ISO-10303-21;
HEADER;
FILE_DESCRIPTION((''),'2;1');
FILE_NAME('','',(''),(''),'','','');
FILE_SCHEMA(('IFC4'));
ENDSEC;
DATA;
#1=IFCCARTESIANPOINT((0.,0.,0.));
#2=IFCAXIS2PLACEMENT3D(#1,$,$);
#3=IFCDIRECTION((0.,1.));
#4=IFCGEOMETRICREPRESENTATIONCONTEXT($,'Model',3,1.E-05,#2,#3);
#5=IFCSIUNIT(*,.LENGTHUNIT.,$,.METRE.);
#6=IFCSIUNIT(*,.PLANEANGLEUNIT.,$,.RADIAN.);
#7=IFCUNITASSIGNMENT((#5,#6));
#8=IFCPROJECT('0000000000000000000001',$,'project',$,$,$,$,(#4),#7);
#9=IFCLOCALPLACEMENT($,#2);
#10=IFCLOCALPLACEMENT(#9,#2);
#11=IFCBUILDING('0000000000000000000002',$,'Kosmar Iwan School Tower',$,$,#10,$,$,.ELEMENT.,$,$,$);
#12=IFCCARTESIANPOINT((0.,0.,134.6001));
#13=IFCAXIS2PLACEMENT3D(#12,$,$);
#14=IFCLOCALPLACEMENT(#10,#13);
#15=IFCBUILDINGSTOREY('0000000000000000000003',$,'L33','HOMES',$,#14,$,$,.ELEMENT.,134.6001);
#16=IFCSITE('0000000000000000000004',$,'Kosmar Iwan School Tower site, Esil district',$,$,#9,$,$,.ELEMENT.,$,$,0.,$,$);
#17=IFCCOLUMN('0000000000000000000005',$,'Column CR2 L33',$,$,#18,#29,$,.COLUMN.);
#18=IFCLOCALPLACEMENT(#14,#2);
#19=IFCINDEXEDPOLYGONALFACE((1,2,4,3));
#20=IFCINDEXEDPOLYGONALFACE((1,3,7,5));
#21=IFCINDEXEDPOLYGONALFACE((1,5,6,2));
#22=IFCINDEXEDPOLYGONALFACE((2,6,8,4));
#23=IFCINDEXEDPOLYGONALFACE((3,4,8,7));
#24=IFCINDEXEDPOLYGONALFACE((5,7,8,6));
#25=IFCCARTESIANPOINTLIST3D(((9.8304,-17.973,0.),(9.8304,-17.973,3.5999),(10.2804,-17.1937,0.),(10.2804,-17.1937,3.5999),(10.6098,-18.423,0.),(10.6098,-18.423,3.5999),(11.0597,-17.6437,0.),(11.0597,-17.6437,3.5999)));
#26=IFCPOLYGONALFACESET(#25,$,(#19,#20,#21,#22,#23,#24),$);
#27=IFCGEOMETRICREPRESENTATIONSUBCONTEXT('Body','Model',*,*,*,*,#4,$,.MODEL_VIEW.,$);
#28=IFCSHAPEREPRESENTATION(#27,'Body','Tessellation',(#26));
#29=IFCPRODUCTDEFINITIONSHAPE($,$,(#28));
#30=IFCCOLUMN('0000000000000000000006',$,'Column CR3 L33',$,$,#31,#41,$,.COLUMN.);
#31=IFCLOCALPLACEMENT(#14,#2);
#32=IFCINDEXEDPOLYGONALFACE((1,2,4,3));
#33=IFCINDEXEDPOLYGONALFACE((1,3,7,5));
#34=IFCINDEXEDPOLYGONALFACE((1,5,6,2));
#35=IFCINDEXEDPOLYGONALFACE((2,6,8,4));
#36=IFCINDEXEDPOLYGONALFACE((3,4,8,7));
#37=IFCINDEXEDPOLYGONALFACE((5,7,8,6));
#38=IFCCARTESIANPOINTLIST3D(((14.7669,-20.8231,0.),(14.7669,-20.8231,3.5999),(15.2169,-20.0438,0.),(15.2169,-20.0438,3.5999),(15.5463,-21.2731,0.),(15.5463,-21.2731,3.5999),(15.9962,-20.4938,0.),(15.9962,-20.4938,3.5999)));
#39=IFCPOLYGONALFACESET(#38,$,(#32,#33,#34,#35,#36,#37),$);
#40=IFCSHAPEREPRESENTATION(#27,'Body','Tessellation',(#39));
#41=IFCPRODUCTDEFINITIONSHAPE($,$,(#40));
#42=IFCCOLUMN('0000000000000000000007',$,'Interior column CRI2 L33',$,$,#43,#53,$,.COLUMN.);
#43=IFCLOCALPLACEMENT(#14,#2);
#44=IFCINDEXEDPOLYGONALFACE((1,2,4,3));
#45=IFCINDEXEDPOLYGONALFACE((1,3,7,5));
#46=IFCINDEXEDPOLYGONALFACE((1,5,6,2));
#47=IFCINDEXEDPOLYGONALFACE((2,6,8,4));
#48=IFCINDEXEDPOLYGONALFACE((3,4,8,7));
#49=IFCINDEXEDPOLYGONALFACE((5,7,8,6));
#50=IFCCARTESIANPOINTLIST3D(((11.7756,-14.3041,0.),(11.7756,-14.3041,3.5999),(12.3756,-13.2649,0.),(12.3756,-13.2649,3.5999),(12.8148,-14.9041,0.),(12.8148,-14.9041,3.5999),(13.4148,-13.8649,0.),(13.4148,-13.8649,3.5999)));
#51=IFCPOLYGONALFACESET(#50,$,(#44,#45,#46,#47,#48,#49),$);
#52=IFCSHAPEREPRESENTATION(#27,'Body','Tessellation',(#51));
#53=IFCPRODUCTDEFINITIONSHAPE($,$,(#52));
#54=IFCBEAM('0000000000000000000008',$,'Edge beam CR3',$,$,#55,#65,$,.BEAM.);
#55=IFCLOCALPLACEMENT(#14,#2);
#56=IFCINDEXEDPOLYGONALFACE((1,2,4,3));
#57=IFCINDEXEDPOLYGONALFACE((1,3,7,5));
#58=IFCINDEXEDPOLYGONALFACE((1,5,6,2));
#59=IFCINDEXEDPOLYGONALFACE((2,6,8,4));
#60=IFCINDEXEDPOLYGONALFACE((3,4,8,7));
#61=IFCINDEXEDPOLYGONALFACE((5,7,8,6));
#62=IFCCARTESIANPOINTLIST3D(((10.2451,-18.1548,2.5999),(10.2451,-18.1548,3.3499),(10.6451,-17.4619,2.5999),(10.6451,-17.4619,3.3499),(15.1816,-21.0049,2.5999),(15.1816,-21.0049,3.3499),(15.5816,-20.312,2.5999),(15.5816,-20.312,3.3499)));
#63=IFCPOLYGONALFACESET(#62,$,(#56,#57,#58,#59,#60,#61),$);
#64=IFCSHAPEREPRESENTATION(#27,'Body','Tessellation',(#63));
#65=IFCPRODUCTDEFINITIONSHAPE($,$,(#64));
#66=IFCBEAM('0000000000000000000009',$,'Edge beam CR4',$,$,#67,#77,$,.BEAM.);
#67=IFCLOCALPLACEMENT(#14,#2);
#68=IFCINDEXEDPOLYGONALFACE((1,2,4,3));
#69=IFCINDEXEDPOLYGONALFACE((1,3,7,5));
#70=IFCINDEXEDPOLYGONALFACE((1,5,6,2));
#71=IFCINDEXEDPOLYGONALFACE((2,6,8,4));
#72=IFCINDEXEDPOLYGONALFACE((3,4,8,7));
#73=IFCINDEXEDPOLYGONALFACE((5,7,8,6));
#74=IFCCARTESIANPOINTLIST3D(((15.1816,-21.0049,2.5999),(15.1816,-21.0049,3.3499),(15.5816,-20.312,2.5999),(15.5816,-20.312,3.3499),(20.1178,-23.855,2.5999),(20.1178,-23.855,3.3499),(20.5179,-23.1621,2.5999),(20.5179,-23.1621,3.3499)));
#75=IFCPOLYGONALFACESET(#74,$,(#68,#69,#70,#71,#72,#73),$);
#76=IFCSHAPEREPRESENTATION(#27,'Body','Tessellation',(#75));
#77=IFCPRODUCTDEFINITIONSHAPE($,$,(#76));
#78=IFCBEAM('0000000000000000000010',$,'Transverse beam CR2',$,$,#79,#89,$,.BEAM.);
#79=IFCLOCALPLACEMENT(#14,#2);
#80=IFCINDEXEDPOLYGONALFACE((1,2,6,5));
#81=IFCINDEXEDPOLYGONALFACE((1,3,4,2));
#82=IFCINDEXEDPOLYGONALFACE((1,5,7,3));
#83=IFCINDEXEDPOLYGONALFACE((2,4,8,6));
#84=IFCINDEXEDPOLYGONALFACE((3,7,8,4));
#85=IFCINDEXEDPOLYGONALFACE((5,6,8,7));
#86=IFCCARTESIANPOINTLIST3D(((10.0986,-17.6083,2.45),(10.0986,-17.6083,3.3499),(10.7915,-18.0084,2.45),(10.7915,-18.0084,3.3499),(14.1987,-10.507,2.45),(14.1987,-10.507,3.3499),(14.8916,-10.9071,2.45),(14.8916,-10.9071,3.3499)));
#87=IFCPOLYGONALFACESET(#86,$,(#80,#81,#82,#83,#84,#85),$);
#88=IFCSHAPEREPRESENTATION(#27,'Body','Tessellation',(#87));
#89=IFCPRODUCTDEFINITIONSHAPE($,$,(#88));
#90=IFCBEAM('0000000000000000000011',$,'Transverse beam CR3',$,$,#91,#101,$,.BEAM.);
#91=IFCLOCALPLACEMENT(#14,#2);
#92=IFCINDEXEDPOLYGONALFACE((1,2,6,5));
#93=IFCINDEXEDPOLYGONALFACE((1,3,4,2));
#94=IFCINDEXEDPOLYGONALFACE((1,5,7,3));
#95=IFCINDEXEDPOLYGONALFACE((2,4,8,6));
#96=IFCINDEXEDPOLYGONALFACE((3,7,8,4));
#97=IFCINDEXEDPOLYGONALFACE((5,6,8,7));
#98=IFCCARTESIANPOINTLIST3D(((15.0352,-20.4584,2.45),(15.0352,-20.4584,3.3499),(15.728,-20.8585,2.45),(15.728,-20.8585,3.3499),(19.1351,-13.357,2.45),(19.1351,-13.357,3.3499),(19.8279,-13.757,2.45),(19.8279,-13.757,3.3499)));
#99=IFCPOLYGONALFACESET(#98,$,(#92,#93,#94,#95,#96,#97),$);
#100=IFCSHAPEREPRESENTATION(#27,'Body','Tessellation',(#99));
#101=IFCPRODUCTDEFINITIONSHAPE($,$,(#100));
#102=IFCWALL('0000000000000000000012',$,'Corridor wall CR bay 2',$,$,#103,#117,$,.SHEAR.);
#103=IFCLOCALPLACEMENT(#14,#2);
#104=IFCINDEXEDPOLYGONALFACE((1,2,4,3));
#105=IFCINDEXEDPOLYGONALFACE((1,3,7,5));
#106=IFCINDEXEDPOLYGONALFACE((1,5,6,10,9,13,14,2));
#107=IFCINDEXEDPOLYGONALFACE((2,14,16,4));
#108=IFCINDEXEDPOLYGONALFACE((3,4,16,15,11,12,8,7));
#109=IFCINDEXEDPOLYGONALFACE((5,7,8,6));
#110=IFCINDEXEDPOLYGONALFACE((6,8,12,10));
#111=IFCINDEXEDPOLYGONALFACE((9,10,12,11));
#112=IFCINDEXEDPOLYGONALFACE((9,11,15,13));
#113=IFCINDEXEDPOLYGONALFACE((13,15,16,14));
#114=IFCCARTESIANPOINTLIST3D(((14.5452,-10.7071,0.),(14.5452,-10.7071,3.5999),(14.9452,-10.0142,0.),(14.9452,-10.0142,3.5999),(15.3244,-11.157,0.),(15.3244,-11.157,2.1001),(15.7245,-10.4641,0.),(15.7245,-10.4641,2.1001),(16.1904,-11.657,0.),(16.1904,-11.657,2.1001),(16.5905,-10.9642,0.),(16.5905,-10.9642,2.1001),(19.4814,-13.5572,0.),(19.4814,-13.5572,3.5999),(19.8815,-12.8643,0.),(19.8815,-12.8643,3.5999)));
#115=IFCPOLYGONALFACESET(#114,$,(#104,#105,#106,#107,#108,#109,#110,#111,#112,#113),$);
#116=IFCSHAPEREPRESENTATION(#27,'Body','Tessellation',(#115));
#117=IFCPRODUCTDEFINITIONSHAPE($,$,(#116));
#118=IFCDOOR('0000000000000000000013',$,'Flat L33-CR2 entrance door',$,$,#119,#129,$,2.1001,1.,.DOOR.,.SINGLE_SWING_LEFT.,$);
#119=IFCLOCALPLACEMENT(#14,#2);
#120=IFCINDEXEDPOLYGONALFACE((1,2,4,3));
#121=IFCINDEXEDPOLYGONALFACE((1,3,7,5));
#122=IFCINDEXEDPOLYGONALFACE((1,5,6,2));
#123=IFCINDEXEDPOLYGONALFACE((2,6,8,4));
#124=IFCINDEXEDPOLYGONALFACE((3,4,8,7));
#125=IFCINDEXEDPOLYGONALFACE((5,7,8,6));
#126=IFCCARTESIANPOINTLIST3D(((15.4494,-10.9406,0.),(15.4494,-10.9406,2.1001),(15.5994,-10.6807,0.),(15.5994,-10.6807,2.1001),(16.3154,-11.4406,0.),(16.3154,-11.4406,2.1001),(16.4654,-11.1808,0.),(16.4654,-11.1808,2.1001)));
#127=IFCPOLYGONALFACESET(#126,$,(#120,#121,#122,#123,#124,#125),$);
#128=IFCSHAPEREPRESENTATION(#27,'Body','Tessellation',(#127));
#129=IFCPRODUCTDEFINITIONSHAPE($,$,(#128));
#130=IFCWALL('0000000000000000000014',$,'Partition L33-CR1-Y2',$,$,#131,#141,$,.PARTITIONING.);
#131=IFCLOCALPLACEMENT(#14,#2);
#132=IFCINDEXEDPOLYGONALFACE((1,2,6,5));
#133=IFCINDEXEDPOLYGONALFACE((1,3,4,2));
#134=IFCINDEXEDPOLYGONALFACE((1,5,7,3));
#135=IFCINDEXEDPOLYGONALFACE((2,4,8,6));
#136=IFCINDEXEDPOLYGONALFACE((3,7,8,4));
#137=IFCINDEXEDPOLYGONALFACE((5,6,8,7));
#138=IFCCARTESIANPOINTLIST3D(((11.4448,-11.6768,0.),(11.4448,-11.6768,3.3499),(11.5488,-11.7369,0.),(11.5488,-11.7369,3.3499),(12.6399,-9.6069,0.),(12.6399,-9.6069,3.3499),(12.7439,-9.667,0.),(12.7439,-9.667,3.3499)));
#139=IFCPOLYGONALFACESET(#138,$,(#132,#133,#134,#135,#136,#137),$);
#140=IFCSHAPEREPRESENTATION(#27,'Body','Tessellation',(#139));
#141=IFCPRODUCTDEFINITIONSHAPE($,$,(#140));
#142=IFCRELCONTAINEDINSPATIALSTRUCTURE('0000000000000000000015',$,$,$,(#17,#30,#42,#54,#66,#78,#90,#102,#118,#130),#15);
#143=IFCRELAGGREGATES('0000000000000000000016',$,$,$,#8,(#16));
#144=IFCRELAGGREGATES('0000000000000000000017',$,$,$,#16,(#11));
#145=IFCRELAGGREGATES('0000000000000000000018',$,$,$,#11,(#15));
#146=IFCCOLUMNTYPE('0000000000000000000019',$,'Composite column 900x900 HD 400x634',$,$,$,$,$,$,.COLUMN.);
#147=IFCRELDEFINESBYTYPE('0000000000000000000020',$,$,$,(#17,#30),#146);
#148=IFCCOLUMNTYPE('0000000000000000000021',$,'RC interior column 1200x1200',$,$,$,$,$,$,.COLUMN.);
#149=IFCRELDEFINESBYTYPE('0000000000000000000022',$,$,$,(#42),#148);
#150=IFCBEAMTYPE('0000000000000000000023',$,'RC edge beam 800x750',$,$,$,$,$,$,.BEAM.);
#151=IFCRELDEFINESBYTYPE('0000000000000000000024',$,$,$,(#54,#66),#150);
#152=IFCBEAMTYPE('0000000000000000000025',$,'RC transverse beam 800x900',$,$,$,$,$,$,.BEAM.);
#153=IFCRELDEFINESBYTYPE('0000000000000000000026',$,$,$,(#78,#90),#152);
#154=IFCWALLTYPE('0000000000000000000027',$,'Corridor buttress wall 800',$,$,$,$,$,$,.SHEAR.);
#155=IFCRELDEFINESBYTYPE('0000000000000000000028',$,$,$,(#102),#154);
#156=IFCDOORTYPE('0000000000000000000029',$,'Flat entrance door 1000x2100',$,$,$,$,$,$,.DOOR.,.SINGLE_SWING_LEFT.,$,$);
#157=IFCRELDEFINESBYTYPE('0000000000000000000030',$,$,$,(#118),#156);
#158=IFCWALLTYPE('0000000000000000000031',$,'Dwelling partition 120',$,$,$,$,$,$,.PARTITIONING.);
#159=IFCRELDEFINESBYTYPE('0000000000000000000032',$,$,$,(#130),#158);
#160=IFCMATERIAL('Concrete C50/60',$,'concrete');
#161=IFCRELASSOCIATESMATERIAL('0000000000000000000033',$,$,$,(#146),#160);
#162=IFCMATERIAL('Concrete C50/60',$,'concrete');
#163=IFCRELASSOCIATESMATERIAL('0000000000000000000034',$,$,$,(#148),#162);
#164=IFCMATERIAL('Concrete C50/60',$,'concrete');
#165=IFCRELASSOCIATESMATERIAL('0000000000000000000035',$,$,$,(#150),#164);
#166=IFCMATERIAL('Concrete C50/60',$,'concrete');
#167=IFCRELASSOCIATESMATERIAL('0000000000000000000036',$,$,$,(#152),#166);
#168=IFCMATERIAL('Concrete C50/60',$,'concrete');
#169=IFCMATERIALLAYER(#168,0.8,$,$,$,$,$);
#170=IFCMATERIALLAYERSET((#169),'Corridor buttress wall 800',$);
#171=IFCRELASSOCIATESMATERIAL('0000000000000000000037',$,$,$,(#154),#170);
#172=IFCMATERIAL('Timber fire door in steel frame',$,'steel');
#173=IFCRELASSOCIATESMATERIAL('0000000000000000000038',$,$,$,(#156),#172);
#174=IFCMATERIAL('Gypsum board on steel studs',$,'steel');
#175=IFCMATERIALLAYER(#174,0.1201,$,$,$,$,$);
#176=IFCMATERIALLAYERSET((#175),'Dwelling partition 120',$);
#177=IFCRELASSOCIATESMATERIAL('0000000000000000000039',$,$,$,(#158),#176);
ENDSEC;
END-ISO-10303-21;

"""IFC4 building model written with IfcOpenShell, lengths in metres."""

from ifc_helpers import new_model, si_unit, direction, frame, frame_2d, origin, origin_2d, place, context, subcontext, project, spatial, rectangle, extrude, material, layer, layer_set, material_profile, profile_set, type_object, element, fill, save


model = new_model("IFC4")

# Units and contexts
model_context = context("Model", 3, precision=1e-05, world=origin(), true_north=direction((0.0, 1.0)))
body_context = subcontext(model_context, "Body", "Model", "MODEL_VIEW")
ifc_project = project(units=[si_unit("LENGTHUNIT", "METRE"), si_unit("PLANEANGLEUNIT", "RADIAN")], contexts=[model_context])

# Site, building, storey
site_placement = place(None, origin())
site = spatial("IfcSite", under=ifc_project, at=site_placement, Name="Kosmar Iwan School Tower site, Esil district", CompositionType="ELEMENT", RefElevation=0.0)
building_placement = place(site_placement, origin())
building = spatial("IfcBuilding", under=site, at=building_placement, Name="Kosmar Iwan School Tower", CompositionType="ELEMENT")
storey_placement = place(building_placement, frame((0.0, 0.0, 134.6001)))
storey = spatial("IfcBuildingStorey", under=building, at=storey_placement, Name="L33", Description="HOMES", CompositionType="ELEMENT", Elevation=134.6001)

# Columns
ifc_material_1 = material(Name="Concrete C50/60", Category="concrete")
ifc_material_profile_1 = material_profile(ifc_material_1, rectangle(XDim=0.8999, YDim=0.8999, at=origin_2d()), Name="RC 900x900 + HD 400x634")
ifc_profile_set_1 = profile_set([ifc_material_profile_1], Name="Concrete C50/60")
column_type_1 = type_object("IfcColumnType", Name="Composite column 900x900 HD 400x634", PredefinedType="COLUMN", material=ifc_profile_set_1)
for number, where, z_axis, x_axis, name in (
    (1, (10.4451, -17.8083, 0.0), (0.0, 0.0, 1.0), (0.866025, -0.5, 0.0), "Column CR2 L33"),
    (2, (15.3816, -20.6584, 0.0), (0.0, 0.0, 1.0), (0.866025, -0.5, 0.0), "Column CR3 L33"),
):
    element("IfcColumn", number, at=place(storey_placement, frame(where, z_axis=z_axis, x_axis=x_axis)), inside=storey, type_object=column_type_1, Name=name, PredefinedType="COLUMN", context=body_context, shape_type="SweptSolid", body=[
        extrude(rectangle(XDim=0.8999, YDim=0.8999, at=origin_2d()), origin(), (0.0, 0.0, 1.0), 3.5999),
    ])
ifc_material_2 = material(Name="Concrete C50/60", Category="concrete")
ifc_material_profile_2 = material_profile(ifc_material_2, rectangle(XDim=1.2, YDim=1.2, at=origin_2d()), Name="RC 1200x1200")
ifc_profile_set_2 = profile_set([ifc_material_profile_2], Name="Concrete C50/60")
column_type_2 = type_object("IfcColumnType", Name="RC interior column 1200x1200", PredefinedType="COLUMN", material=ifc_profile_set_2)
column_placement = place(storey_placement, frame((12.5952, -14.0845, 0.0), z_axis=(0.0, 0.0, 1.0), x_axis=(0.866025, -0.5, 0.0)))
element("IfcColumn", 3, at=column_placement, inside=storey, type_object=column_type_2, Name="Interior column CRI2 L33", PredefinedType="COLUMN", context=body_context, shape_type="SweptSolid", body=[
    extrude(rectangle(XDim=1.2, YDim=1.2, at=origin_2d()), origin(), (0.0, 0.0, 1.0), 3.5999),
])

# Beams
ifc_material_3 = material(Name="Concrete C50/60", Category="concrete")
ifc_material_profile_3 = material_profile(ifc_material_3, rectangle(XDim=0.8, YDim=0.75, at=origin_2d()), Name="RC 800x750")
ifc_profile_set_3 = profile_set([ifc_material_profile_3], Name="Concrete C50/60")
beam_type_1 = type_object("IfcBeamType", Name="RC edge beam 800x750", PredefinedType="BEAM", material=ifc_profile_set_3)
beam_1_placement = place(storey_placement, frame((10.4451, -17.8083, 2.9749), z_axis=(0.866026, -0.499999, 0.0), x_axis=(0.499999, 0.866026, 0.0)))
element("IfcBeam", 4, at=beam_1_placement, inside=storey, type_object=beam_type_1, Name="Edge beam CR3", PredefinedType="BEAM", context=body_context, shape_type="SweptSolid", body=[
    extrude(rectangle(XDim=0.8, YDim=0.75, at=origin_2d()), origin(), (0.0, 0.0, 1.0), 5.7002),
])
beam_2_placement = place(storey_placement, frame((15.3816, -20.6584, 2.9749), z_axis=(0.866015, -0.500018, 0.0), x_axis=(0.500018, 0.866015, 0.0)))
element("IfcBeam", 5, at=beam_2_placement, inside=storey, type_object=beam_type_1, Name="Edge beam CR4", PredefinedType="BEAM", context=body_context, shape_type="SweptSolid", body=[
    extrude(rectangle(XDim=0.8, YDim=0.75, at=origin_2d()), origin(), (0.0, 0.0, 1.0), 5.7),
])
ifc_material_4 = material(Name="Concrete C50/60", Category="concrete")
ifc_material_profile_4 = material_profile(ifc_material_4, rectangle(XDim=0.8, YDim=0.8999, at=origin_2d()), Name="RC 800x900")
ifc_profile_set_4 = profile_set([ifc_material_profile_4], Name="Concrete C50/60")
beam_type_2 = type_object("IfcBeamType", Name="RC transverse beam 800x900", PredefinedType="BEAM", material=ifc_profile_set_4)
for number, where, z_axis, x_axis, name in (
    (6, (10.4451, -17.8083, 2.8999), (0.500014, 0.866018, 0.0), (-0.866018, 0.500014, 0.0), "Transverse beam CR2"),
    (7, (15.3816, -20.6584, 2.8999), (0.499991, 0.86603, 0.0), (-0.86603, 0.499991, 0.0), "Transverse beam CR3"),
):
    element("IfcBeam", number, at=place(storey_placement, frame(where, z_axis=z_axis, x_axis=x_axis)), inside=storey, type_object=beam_type_2, Name=name, PredefinedType="BEAM", context=body_context, shape_type="SweptSolid", body=[
        extrude(rectangle(XDim=0.8, YDim=0.8999, at=origin_2d()), origin(), (0.0, 0.0, 1.0), 8.2),
    ])

# Wall, opening, door
ifc_material_5 = material(Name="Concrete C50/60", Category="concrete")
ifc_layer_1 = layer(ifc_material_5, 0.8)
ifc_layer_set_1 = layer_set([ifc_layer_1], Name="Corridor buttress wall 800")
wall_type_1 = type_object("IfcWallType", Name="Corridor buttress wall 800", PredefinedType="SHEAR", material=ifc_layer_set_1)
wall_1_placement = place(storey_placement, frame((14.7451, -10.3606, 0.0), z_axis=(0.0, 0.0, 1.0), x_axis=(0.866015, -0.500018, 0.0)))
wall_1 = element("IfcWall", 8, at=wall_1_placement, inside=storey, type_object=wall_type_1, Name="Corridor wall CR bay 2", PredefinedType="SHEAR", context=body_context, shape_type="SweptSolid", body=[
    extrude(rectangle(XDim=5.7, YDim=0.8, at=frame_2d((2.8501, 0.0))), origin(), (0.0, 0.0, 1.0), 3.5999),
])
opening_1_placement = place(wall_1_placement, frame((0.8999, 0.0, 0.0)))
opening_1 = element("IfcOpeningElement", 9, at=opening_1_placement, cuts=wall_1, PredefinedType="OPENING", context=body_context, shape_type="SweptSolid", body=[
    extrude(rectangle(XDim=1.0, YDim=2.1001, at=frame_2d((0.5, 1.05))), frame((0.0, 0.4121, 0.0), z_axis=(0.0, -1.0, 0.0), x_axis=(1.0, 0.0, 0.0)), (0.0, 0.0, 1.0), 0.824),
])
ifc_material_6 = material(Name="Timber fire door in steel frame", Category="steel")
door_type_1 = type_object("IfcDoorType", Name="Flat entrance door 1000x2100", OperationType="SINGLE_SWING_LEFT", PredefinedType="DOOR", material=ifc_material_6)
door_1_placement = place(opening_1_placement, origin())
door_1 = element("IfcDoor", 10, at=door_1_placement, inside=storey, type_object=door_type_1, Name="Flat L33-CR2 entrance door", OperationType="SINGLE_SWING_LEFT", OverallHeight=2.1001, OverallWidth=1.0, PredefinedType="DOOR", context=body_context, shape_type="SweptSolid", body=[
    extrude(rectangle(XDim=1.0, YDim=2.1001, at=frame_2d((0.5, 1.05))), frame((0.0, 0.1499, 0.0), z_axis=(0.0, -1.0, 0.0), x_axis=(1.0, 0.0, 0.0)), (0.0, 0.0, 1.0), 0.3),
])
fill(opening_1, door_1)

# Wall
ifc_material_7 = material(Name="Gypsum board on steel studs", Category="steel")
ifc_layer_2 = layer(ifc_material_7, 0.1201)
ifc_layer_set_2 = layer_set([ifc_layer_2], Name="Dwelling partition 120")
wall_type_2 = type_object("IfcWallType", Name="Dwelling partition 120", PredefinedType="PARTITIONING", material=ifc_layer_set_2)
wall_2_placement = place(storey_placement, frame((12.6919, -9.637, 0.0), z_axis=(0.0, 0.0, 1.0), x_axis=(-0.500017, -0.866015, 0.0)))
element("IfcWall", 11, at=wall_2_placement, inside=storey, type_object=wall_type_2, Name="Partition L33-CR1-Y2", PredefinedType="PARTITIONING", context=body_context, shape_type="SweptSolid", body=[
    extrude(rectangle(XDim=2.3901, YDim=0.1201, at=frame_2d((1.1951, 0.0))), origin(), (0.0, 0.0, 1.0), 3.3499),
])

save(model, "model.ifc")
